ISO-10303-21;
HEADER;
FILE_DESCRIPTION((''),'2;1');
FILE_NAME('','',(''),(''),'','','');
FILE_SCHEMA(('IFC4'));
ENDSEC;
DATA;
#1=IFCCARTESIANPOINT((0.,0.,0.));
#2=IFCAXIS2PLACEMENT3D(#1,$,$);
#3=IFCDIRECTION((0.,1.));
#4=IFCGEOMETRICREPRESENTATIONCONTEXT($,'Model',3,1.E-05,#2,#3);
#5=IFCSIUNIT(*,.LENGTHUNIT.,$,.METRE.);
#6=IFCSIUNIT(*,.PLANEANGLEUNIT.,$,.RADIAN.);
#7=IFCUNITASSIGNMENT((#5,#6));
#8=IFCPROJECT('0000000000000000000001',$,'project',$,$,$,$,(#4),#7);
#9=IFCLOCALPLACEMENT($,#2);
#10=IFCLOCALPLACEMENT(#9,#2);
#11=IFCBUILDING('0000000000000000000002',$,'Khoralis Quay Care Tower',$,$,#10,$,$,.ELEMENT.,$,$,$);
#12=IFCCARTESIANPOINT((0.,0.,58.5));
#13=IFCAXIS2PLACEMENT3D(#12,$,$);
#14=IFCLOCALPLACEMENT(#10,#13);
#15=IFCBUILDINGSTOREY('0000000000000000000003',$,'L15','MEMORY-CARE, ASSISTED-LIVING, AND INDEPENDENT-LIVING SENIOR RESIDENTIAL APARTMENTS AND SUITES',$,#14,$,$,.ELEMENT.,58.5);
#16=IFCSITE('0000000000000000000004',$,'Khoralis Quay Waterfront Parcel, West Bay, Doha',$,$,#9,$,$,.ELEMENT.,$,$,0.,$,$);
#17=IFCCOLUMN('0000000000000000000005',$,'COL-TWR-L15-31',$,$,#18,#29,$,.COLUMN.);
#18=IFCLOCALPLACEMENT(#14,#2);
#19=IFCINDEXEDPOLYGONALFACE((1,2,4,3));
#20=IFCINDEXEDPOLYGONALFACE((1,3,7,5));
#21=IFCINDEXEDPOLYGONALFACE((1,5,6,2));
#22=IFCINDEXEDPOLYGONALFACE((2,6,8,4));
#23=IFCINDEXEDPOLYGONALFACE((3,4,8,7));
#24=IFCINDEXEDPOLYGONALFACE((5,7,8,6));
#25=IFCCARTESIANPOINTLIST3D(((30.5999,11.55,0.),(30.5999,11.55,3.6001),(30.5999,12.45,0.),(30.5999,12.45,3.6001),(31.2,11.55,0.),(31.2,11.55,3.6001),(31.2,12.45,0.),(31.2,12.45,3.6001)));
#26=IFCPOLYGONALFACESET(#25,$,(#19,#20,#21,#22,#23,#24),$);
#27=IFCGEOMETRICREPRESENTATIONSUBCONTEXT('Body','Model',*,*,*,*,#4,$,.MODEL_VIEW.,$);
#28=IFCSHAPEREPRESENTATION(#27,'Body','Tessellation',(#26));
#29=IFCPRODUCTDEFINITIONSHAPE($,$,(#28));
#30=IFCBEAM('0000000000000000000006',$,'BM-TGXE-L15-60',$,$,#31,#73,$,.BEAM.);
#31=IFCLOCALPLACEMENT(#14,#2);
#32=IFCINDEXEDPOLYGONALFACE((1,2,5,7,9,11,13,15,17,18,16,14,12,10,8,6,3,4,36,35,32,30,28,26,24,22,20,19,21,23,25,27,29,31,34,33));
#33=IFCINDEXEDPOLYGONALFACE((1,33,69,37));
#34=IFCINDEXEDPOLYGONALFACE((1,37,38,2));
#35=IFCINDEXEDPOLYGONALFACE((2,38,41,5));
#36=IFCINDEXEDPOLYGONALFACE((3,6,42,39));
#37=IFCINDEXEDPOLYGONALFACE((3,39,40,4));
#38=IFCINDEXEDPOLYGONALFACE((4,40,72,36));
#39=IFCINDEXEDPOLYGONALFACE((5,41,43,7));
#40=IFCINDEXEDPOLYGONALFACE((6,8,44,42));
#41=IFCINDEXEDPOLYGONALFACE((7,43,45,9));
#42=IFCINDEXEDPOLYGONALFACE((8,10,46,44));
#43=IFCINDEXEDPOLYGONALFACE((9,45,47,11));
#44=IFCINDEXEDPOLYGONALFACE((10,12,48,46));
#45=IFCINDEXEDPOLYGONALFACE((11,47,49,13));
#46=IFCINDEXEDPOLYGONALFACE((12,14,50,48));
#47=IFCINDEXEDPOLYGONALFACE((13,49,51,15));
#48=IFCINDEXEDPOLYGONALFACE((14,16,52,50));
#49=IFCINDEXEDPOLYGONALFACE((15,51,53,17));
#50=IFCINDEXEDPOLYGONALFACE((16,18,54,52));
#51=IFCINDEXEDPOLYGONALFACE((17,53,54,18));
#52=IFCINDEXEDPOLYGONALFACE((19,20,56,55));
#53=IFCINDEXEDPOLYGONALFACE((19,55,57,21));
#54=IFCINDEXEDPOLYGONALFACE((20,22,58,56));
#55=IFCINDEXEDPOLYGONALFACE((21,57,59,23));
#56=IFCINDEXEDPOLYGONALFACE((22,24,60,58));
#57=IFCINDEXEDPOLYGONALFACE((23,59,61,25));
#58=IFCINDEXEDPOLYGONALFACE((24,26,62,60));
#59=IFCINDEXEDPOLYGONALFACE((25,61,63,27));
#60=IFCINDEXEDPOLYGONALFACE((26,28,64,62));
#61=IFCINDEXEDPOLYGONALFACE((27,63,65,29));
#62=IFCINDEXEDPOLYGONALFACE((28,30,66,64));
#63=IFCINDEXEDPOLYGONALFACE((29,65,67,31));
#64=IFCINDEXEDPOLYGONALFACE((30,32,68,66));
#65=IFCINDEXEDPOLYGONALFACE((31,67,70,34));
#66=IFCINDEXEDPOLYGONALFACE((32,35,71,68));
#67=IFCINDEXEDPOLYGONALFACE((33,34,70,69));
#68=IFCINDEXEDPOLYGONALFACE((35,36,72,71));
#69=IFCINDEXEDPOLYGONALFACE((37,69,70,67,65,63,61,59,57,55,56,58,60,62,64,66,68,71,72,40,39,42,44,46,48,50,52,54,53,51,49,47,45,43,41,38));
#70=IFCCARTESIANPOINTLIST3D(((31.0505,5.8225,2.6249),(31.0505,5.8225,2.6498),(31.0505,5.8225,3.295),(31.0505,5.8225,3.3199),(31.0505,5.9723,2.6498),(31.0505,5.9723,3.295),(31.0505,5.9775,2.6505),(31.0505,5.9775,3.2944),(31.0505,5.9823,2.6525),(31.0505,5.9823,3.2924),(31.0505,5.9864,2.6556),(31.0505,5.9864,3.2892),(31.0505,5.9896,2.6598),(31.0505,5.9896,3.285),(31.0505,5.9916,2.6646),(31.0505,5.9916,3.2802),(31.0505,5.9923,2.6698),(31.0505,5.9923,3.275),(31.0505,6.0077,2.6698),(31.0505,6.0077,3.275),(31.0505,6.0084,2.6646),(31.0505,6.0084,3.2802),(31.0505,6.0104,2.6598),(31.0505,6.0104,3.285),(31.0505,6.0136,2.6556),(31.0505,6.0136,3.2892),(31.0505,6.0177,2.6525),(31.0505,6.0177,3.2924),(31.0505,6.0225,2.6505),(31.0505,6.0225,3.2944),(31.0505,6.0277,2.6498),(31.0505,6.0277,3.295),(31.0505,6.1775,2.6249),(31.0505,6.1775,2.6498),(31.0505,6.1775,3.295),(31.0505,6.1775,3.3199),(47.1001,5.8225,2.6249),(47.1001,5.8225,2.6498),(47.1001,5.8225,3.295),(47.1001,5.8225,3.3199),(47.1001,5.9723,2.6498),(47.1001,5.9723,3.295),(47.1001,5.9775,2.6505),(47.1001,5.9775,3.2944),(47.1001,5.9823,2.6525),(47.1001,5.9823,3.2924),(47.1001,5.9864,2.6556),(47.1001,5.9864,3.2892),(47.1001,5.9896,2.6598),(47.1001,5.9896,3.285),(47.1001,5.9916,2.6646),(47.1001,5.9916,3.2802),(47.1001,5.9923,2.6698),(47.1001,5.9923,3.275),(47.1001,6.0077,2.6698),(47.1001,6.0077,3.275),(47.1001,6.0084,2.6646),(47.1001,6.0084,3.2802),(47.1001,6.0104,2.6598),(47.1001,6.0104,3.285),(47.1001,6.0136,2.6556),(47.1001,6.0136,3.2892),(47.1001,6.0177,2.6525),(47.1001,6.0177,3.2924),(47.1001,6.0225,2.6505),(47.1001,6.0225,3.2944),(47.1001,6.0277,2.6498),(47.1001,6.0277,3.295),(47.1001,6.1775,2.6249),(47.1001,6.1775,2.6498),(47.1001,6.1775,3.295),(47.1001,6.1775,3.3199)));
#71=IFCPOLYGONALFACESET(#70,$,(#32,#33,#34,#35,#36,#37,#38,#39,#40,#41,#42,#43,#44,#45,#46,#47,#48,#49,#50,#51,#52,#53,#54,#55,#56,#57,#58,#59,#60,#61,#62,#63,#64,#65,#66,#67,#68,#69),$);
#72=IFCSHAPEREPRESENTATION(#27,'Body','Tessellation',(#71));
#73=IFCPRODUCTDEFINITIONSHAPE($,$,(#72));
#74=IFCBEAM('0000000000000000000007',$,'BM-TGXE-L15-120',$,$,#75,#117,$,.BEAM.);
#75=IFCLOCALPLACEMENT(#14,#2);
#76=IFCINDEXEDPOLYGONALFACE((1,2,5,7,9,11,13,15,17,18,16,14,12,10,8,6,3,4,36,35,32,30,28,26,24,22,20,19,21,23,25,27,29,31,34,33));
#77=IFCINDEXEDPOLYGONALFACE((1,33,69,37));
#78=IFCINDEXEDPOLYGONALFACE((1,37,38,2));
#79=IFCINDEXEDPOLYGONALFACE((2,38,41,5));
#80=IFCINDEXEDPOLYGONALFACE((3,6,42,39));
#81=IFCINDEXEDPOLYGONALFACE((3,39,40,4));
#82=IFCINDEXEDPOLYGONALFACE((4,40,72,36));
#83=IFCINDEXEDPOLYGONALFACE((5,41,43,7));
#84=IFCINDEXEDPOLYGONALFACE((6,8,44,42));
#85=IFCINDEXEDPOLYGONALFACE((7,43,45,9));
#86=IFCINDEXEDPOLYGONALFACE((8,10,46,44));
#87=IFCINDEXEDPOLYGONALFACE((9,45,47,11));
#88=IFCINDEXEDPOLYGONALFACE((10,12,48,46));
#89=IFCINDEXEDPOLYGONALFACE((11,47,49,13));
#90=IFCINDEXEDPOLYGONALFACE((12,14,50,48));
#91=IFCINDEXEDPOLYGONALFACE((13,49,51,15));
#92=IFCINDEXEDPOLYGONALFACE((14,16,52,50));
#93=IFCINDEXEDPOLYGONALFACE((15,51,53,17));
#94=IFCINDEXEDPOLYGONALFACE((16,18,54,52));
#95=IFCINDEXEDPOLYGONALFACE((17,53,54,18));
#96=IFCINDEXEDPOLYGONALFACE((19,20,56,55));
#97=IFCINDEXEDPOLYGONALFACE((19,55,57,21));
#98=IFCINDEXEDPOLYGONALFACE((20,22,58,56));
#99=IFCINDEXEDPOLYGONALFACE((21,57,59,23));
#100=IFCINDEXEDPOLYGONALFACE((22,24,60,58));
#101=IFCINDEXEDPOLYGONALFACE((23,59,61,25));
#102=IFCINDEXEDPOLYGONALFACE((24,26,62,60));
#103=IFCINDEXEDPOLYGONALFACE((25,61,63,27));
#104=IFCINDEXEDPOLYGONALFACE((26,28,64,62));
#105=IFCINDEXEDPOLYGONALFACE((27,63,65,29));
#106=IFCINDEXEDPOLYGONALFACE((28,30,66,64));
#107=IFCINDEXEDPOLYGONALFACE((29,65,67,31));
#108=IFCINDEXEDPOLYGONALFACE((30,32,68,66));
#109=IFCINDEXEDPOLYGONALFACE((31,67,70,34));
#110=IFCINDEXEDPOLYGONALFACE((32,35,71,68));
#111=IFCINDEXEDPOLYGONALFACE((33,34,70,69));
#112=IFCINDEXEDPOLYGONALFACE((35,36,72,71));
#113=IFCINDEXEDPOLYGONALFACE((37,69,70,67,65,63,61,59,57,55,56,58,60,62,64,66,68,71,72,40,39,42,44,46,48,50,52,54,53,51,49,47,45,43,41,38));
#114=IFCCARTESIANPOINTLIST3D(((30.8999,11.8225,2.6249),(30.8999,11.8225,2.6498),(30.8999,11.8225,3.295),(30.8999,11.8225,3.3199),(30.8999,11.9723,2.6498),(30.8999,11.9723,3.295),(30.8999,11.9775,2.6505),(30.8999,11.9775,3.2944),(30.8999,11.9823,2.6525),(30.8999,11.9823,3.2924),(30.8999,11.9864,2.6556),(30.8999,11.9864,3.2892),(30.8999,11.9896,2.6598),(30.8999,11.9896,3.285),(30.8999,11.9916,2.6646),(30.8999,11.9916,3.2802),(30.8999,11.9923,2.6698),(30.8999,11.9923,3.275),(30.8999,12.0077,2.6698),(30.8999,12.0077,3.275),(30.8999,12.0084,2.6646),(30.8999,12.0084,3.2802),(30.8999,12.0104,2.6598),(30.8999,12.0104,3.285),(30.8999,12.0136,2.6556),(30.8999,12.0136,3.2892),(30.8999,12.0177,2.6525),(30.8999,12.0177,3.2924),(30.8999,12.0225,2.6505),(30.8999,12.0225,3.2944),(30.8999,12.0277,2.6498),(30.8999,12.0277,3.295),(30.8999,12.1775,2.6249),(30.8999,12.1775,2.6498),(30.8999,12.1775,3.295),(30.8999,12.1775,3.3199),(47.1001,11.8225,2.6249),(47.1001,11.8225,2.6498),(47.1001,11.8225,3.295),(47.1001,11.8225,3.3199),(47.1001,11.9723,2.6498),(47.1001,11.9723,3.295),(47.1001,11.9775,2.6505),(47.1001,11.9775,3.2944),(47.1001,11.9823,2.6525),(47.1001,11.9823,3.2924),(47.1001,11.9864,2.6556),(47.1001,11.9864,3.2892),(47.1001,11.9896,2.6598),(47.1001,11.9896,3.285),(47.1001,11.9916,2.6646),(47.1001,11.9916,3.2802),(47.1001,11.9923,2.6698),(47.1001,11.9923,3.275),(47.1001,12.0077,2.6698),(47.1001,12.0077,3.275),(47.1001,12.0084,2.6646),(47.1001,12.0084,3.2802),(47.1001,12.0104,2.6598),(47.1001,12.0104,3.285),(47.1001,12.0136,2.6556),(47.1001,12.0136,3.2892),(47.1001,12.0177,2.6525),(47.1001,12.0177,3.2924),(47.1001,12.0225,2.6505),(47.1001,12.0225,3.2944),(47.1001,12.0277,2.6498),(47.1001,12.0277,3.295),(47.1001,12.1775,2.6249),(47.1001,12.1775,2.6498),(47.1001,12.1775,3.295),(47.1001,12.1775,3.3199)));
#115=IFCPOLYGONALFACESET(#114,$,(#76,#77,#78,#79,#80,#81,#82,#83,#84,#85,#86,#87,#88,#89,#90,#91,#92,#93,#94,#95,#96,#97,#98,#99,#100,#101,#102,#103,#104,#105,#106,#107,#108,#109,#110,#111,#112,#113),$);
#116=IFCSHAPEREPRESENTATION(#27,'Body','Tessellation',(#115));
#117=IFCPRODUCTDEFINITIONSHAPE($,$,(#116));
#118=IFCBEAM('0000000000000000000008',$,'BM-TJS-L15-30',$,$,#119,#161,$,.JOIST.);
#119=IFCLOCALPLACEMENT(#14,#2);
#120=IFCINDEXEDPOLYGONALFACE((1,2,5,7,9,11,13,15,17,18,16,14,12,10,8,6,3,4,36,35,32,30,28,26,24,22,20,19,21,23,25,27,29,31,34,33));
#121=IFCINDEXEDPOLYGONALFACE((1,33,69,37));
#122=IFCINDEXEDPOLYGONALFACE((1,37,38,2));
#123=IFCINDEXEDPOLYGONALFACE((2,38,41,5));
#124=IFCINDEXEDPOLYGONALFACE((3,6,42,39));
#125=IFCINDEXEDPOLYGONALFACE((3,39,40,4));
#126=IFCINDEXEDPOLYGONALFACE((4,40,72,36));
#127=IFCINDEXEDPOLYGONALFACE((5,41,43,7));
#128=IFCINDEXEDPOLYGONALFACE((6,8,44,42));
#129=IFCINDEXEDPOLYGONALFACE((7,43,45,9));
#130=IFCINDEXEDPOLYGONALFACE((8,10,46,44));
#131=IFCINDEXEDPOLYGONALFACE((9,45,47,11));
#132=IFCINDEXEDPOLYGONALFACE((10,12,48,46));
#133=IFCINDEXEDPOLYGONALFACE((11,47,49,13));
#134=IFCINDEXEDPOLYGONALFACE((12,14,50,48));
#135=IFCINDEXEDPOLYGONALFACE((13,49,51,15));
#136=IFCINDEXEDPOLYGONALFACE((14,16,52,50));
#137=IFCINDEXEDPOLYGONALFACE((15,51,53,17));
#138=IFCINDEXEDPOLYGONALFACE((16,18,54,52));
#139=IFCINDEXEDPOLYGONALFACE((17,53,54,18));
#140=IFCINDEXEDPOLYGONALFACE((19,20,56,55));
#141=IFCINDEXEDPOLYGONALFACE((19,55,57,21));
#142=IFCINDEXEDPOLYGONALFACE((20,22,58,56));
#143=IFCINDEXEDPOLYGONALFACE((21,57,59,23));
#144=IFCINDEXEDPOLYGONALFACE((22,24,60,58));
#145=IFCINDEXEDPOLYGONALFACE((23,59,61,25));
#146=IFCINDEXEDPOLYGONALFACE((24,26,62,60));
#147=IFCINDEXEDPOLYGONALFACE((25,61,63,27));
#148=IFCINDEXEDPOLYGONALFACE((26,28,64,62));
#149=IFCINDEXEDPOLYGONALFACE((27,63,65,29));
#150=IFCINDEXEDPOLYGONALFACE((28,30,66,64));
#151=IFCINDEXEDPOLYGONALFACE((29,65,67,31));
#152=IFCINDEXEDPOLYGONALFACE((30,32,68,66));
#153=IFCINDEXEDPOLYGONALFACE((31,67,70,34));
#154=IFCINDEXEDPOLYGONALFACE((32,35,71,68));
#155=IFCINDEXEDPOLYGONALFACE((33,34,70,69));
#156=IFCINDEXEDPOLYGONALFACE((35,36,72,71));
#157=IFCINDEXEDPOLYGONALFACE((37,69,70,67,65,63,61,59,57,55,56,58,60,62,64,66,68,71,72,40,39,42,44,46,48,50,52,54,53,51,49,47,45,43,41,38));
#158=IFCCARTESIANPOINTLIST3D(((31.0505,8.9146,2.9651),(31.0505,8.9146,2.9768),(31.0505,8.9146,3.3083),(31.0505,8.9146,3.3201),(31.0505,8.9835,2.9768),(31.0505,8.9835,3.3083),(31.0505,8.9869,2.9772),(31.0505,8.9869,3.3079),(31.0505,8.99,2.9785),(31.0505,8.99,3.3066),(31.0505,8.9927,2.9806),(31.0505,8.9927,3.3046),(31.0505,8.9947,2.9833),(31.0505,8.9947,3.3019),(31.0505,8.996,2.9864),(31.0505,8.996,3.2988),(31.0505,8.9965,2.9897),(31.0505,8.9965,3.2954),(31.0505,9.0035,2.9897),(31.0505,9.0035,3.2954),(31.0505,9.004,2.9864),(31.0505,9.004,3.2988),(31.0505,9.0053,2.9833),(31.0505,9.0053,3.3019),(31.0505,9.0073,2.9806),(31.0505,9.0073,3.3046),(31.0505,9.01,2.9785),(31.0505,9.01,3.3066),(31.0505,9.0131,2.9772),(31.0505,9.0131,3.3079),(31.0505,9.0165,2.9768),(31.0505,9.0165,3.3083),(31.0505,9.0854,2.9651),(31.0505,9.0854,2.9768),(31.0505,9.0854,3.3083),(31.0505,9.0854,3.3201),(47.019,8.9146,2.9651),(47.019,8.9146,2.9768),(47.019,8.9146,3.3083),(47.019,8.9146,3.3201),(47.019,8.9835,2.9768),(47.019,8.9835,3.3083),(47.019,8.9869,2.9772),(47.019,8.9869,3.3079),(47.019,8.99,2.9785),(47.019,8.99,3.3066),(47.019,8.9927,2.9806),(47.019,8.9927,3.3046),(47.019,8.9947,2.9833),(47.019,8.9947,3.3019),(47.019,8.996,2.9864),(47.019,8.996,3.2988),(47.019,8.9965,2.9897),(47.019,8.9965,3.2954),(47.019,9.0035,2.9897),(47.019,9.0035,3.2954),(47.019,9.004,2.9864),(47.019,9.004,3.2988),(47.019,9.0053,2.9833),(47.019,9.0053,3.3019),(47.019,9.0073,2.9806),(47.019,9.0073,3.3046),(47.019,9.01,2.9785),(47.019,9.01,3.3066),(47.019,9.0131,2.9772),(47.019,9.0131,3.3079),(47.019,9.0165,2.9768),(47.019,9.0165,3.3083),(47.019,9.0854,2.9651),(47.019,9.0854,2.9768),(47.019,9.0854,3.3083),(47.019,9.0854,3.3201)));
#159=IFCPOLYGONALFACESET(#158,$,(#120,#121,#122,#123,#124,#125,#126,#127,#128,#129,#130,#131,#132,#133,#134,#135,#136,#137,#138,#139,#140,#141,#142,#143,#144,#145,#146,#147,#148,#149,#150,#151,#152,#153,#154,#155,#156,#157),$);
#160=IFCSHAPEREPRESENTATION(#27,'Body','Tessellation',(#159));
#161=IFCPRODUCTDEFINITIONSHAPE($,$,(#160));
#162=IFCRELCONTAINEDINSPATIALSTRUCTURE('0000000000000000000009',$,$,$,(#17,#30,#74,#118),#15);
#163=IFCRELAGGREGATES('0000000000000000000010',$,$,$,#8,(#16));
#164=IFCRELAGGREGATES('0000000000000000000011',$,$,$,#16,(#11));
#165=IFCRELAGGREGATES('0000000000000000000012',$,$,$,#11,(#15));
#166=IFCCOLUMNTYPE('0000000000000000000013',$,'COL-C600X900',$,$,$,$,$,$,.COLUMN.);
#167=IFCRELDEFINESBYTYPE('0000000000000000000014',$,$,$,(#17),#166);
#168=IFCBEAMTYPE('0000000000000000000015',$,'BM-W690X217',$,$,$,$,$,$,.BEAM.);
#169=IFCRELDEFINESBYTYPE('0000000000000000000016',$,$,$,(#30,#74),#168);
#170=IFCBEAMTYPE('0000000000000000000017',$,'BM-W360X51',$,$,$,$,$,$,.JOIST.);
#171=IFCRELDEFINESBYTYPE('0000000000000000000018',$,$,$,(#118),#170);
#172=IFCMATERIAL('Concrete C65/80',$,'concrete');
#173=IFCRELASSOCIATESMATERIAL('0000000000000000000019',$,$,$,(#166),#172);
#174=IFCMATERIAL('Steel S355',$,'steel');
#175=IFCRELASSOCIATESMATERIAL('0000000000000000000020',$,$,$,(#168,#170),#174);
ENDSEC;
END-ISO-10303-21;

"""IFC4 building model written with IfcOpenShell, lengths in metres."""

from ifc_helpers import new_model, si_unit, direction, frame, origin, origin_2d, place, context, subcontext, project, spatial, rectangle, i_section, extrude, source, transform, mapped, material, material_profile, profile_set, type_object, element, save


model = new_model("IFC4")

# Units and contexts
model_context = context("Model", 3, precision=1e-05, world=origin(), true_north=direction((0.0, 1.0)))
body_context = subcontext(model_context, "Body", "Model", "MODEL_VIEW")
ifc_project = project(units=[si_unit("LENGTHUNIT", "METRE"), si_unit("PLANEANGLEUNIT", "RADIAN")], contexts=[model_context])

# Site, building, storey
site_placement = place(None, origin())
site = spatial("IfcSite", under=ifc_project, at=site_placement, Name="Khoralis Quay Waterfront Parcel, West Bay, Doha", CompositionType="ELEMENT", RefElevation=0.0)
building_placement = place(site_placement, origin())
building = spatial("IfcBuilding", under=site, at=building_placement, Name="Khoralis Quay Care Tower", CompositionType="ELEMENT")
storey_placement = place(building_placement, frame((0.0, 0.0, 58.5)))
storey = spatial("IfcBuildingStorey", under=building, at=storey_placement, Name="L15", Description="MEMORY-CARE, ASSISTED-LIVING, AND INDEPENDENT-LIVING SENIOR RESIDENTIAL APARTMENTS AND SUITES", CompositionType="ELEMENT", Elevation=58.5)

# Column
ifc_material_1 = material(Name="Concrete C65/80", Category="concrete")
ifc_material_profile_1 = material_profile(ifc_material_1, rectangle(XDim=0.6001, YDim=0.8999, at=origin_2d()), Name="Concrete C65/80")
ifc_profile_set_1 = profile_set([ifc_material_profile_1], Name="Concrete C65/80")
column_type = type_object("IfcColumnType", Name="COL-C600X900", PredefinedType="COLUMN", material=ifc_profile_set_1)
shared_shape_1 = source(origin(), body_context, "Body", "SweptSolid", [
    extrude(rectangle(XDim=0.6001, YDim=0.8999, at=origin_2d()), origin(), (0.0, 0.0, 1.0), 3.6001),
])
column_placement = place(storey_placement, frame((30.8999, 12.0, 0.0), z_axis=(0.0, 0.0, 1.0), x_axis=(1.0, 0.0, 0.0)))
element("IfcColumn", 1, at=column_placement, inside=storey, type_object=column_type, Name="COL-TWR-L15-31", PredefinedType="COLUMN", context=body_context, shape_type="MappedRepresentation", body=[
    mapped(shared_shape_1, transform((0.0, 0.0, 0.0), scale=1.0)),
])

# Beams
ifc_material_2 = material(Name="Steel S355", Category="steel")
ifc_material_profile_2 = material_profile(ifc_material_2, i_section(OverallWidth=0.355, OverallDepth=0.6951, WebThickness=0.0154, FlangeThickness=0.0249, FilletRadius=0.02, at=origin_2d()), Name="Steel S355")
ifc_profile_set_2 = profile_set([ifc_material_profile_2], Name="Steel S355")
beam_type_1 = type_object("IfcBeamType", Name="BM-W690X217", PredefinedType="BEAM", material=ifc_profile_set_2)
shared_shape_2 = source(origin(), body_context, "Body", "SweptSolid", [
    extrude(i_section(OverallWidth=0.355, OverallDepth=0.6951, WebThickness=0.0154, FlangeThickness=0.0249, FilletRadius=0.02, at=origin_2d()), origin(), (0.0, 0.0, 1.0), 16.0496),
])
beam_1_placement = place(storey_placement, frame((31.0505, 6.0, 2.9724), z_axis=(1.0, 0.0, 0.0), x_axis=(0.0, 1.0, 0.0)))
element("IfcBeam", 2, at=beam_1_placement, inside=storey, type_object=beam_type_1, Name="BM-TGXE-L15-60", PredefinedType="BEAM", context=body_context, shape_type="MappedRepresentation", body=[
    mapped(shared_shape_2, transform((0.0, 0.0, 0.0), scale=1.0)),
])
shared_shape_3 = source(origin(), body_context, "Body", "SweptSolid", [
    extrude(i_section(OverallWidth=0.355, OverallDepth=0.6951, WebThickness=0.0154, FlangeThickness=0.0249, FilletRadius=0.02, at=origin_2d()), origin(), (0.0, 0.0, 1.0), 16.2002),
])
beam_2_placement = place(storey_placement, frame((30.8999, 12.0, 2.9724), z_axis=(1.0, 0.0, 0.0), x_axis=(0.0, 1.0, 0.0)))
element("IfcBeam", 3, at=beam_2_placement, inside=storey, type_object=beam_type_1, Name="BM-TGXE-L15-120", PredefinedType="BEAM", context=body_context, shape_type="MappedRepresentation", body=[
    mapped(shared_shape_3, transform((0.0, 0.0, 0.0), scale=1.0)),
])
ifc_material_profile_3 = material_profile(ifc_material_2, i_section(OverallWidth=0.1709, OverallDepth=0.355, WebThickness=0.0071, FlangeThickness=0.0117, FilletRadius=0.0129, at=origin_2d()), Name="Steel S355")
ifc_profile_set_3 = profile_set([ifc_material_profile_3], Name="Steel S355")
beam_type_2 = type_object("IfcBeamType", Name="BM-W360X51", PredefinedType="JOIST", material=ifc_profile_set_3)
shared_shape_4 = source(origin(), body_context, "Body", "SweptSolid", [
    extrude(i_section(OverallWidth=0.1709, OverallDepth=0.355, WebThickness=0.0071, FlangeThickness=0.0117, FilletRadius=0.0129, at=origin_2d()), origin(), (0.0, 0.0, 1.0), 15.9685),
])
beam_3_placement = place(storey_placement, frame((31.0505, 9.0, 3.1426), z_axis=(1.0, 0.0, 0.0), x_axis=(0.0, 1.0, 0.0)))
element("IfcBeam", 4, at=beam_3_placement, inside=storey, type_object=beam_type_2, Name="BM-TJS-L15-30", PredefinedType="JOIST", context=body_context, shape_type="MappedRepresentation", body=[
    mapped(shared_shape_4, transform((0.0, 0.0, 0.0), scale=1.0)),
])

save(model, "model.ifc")
